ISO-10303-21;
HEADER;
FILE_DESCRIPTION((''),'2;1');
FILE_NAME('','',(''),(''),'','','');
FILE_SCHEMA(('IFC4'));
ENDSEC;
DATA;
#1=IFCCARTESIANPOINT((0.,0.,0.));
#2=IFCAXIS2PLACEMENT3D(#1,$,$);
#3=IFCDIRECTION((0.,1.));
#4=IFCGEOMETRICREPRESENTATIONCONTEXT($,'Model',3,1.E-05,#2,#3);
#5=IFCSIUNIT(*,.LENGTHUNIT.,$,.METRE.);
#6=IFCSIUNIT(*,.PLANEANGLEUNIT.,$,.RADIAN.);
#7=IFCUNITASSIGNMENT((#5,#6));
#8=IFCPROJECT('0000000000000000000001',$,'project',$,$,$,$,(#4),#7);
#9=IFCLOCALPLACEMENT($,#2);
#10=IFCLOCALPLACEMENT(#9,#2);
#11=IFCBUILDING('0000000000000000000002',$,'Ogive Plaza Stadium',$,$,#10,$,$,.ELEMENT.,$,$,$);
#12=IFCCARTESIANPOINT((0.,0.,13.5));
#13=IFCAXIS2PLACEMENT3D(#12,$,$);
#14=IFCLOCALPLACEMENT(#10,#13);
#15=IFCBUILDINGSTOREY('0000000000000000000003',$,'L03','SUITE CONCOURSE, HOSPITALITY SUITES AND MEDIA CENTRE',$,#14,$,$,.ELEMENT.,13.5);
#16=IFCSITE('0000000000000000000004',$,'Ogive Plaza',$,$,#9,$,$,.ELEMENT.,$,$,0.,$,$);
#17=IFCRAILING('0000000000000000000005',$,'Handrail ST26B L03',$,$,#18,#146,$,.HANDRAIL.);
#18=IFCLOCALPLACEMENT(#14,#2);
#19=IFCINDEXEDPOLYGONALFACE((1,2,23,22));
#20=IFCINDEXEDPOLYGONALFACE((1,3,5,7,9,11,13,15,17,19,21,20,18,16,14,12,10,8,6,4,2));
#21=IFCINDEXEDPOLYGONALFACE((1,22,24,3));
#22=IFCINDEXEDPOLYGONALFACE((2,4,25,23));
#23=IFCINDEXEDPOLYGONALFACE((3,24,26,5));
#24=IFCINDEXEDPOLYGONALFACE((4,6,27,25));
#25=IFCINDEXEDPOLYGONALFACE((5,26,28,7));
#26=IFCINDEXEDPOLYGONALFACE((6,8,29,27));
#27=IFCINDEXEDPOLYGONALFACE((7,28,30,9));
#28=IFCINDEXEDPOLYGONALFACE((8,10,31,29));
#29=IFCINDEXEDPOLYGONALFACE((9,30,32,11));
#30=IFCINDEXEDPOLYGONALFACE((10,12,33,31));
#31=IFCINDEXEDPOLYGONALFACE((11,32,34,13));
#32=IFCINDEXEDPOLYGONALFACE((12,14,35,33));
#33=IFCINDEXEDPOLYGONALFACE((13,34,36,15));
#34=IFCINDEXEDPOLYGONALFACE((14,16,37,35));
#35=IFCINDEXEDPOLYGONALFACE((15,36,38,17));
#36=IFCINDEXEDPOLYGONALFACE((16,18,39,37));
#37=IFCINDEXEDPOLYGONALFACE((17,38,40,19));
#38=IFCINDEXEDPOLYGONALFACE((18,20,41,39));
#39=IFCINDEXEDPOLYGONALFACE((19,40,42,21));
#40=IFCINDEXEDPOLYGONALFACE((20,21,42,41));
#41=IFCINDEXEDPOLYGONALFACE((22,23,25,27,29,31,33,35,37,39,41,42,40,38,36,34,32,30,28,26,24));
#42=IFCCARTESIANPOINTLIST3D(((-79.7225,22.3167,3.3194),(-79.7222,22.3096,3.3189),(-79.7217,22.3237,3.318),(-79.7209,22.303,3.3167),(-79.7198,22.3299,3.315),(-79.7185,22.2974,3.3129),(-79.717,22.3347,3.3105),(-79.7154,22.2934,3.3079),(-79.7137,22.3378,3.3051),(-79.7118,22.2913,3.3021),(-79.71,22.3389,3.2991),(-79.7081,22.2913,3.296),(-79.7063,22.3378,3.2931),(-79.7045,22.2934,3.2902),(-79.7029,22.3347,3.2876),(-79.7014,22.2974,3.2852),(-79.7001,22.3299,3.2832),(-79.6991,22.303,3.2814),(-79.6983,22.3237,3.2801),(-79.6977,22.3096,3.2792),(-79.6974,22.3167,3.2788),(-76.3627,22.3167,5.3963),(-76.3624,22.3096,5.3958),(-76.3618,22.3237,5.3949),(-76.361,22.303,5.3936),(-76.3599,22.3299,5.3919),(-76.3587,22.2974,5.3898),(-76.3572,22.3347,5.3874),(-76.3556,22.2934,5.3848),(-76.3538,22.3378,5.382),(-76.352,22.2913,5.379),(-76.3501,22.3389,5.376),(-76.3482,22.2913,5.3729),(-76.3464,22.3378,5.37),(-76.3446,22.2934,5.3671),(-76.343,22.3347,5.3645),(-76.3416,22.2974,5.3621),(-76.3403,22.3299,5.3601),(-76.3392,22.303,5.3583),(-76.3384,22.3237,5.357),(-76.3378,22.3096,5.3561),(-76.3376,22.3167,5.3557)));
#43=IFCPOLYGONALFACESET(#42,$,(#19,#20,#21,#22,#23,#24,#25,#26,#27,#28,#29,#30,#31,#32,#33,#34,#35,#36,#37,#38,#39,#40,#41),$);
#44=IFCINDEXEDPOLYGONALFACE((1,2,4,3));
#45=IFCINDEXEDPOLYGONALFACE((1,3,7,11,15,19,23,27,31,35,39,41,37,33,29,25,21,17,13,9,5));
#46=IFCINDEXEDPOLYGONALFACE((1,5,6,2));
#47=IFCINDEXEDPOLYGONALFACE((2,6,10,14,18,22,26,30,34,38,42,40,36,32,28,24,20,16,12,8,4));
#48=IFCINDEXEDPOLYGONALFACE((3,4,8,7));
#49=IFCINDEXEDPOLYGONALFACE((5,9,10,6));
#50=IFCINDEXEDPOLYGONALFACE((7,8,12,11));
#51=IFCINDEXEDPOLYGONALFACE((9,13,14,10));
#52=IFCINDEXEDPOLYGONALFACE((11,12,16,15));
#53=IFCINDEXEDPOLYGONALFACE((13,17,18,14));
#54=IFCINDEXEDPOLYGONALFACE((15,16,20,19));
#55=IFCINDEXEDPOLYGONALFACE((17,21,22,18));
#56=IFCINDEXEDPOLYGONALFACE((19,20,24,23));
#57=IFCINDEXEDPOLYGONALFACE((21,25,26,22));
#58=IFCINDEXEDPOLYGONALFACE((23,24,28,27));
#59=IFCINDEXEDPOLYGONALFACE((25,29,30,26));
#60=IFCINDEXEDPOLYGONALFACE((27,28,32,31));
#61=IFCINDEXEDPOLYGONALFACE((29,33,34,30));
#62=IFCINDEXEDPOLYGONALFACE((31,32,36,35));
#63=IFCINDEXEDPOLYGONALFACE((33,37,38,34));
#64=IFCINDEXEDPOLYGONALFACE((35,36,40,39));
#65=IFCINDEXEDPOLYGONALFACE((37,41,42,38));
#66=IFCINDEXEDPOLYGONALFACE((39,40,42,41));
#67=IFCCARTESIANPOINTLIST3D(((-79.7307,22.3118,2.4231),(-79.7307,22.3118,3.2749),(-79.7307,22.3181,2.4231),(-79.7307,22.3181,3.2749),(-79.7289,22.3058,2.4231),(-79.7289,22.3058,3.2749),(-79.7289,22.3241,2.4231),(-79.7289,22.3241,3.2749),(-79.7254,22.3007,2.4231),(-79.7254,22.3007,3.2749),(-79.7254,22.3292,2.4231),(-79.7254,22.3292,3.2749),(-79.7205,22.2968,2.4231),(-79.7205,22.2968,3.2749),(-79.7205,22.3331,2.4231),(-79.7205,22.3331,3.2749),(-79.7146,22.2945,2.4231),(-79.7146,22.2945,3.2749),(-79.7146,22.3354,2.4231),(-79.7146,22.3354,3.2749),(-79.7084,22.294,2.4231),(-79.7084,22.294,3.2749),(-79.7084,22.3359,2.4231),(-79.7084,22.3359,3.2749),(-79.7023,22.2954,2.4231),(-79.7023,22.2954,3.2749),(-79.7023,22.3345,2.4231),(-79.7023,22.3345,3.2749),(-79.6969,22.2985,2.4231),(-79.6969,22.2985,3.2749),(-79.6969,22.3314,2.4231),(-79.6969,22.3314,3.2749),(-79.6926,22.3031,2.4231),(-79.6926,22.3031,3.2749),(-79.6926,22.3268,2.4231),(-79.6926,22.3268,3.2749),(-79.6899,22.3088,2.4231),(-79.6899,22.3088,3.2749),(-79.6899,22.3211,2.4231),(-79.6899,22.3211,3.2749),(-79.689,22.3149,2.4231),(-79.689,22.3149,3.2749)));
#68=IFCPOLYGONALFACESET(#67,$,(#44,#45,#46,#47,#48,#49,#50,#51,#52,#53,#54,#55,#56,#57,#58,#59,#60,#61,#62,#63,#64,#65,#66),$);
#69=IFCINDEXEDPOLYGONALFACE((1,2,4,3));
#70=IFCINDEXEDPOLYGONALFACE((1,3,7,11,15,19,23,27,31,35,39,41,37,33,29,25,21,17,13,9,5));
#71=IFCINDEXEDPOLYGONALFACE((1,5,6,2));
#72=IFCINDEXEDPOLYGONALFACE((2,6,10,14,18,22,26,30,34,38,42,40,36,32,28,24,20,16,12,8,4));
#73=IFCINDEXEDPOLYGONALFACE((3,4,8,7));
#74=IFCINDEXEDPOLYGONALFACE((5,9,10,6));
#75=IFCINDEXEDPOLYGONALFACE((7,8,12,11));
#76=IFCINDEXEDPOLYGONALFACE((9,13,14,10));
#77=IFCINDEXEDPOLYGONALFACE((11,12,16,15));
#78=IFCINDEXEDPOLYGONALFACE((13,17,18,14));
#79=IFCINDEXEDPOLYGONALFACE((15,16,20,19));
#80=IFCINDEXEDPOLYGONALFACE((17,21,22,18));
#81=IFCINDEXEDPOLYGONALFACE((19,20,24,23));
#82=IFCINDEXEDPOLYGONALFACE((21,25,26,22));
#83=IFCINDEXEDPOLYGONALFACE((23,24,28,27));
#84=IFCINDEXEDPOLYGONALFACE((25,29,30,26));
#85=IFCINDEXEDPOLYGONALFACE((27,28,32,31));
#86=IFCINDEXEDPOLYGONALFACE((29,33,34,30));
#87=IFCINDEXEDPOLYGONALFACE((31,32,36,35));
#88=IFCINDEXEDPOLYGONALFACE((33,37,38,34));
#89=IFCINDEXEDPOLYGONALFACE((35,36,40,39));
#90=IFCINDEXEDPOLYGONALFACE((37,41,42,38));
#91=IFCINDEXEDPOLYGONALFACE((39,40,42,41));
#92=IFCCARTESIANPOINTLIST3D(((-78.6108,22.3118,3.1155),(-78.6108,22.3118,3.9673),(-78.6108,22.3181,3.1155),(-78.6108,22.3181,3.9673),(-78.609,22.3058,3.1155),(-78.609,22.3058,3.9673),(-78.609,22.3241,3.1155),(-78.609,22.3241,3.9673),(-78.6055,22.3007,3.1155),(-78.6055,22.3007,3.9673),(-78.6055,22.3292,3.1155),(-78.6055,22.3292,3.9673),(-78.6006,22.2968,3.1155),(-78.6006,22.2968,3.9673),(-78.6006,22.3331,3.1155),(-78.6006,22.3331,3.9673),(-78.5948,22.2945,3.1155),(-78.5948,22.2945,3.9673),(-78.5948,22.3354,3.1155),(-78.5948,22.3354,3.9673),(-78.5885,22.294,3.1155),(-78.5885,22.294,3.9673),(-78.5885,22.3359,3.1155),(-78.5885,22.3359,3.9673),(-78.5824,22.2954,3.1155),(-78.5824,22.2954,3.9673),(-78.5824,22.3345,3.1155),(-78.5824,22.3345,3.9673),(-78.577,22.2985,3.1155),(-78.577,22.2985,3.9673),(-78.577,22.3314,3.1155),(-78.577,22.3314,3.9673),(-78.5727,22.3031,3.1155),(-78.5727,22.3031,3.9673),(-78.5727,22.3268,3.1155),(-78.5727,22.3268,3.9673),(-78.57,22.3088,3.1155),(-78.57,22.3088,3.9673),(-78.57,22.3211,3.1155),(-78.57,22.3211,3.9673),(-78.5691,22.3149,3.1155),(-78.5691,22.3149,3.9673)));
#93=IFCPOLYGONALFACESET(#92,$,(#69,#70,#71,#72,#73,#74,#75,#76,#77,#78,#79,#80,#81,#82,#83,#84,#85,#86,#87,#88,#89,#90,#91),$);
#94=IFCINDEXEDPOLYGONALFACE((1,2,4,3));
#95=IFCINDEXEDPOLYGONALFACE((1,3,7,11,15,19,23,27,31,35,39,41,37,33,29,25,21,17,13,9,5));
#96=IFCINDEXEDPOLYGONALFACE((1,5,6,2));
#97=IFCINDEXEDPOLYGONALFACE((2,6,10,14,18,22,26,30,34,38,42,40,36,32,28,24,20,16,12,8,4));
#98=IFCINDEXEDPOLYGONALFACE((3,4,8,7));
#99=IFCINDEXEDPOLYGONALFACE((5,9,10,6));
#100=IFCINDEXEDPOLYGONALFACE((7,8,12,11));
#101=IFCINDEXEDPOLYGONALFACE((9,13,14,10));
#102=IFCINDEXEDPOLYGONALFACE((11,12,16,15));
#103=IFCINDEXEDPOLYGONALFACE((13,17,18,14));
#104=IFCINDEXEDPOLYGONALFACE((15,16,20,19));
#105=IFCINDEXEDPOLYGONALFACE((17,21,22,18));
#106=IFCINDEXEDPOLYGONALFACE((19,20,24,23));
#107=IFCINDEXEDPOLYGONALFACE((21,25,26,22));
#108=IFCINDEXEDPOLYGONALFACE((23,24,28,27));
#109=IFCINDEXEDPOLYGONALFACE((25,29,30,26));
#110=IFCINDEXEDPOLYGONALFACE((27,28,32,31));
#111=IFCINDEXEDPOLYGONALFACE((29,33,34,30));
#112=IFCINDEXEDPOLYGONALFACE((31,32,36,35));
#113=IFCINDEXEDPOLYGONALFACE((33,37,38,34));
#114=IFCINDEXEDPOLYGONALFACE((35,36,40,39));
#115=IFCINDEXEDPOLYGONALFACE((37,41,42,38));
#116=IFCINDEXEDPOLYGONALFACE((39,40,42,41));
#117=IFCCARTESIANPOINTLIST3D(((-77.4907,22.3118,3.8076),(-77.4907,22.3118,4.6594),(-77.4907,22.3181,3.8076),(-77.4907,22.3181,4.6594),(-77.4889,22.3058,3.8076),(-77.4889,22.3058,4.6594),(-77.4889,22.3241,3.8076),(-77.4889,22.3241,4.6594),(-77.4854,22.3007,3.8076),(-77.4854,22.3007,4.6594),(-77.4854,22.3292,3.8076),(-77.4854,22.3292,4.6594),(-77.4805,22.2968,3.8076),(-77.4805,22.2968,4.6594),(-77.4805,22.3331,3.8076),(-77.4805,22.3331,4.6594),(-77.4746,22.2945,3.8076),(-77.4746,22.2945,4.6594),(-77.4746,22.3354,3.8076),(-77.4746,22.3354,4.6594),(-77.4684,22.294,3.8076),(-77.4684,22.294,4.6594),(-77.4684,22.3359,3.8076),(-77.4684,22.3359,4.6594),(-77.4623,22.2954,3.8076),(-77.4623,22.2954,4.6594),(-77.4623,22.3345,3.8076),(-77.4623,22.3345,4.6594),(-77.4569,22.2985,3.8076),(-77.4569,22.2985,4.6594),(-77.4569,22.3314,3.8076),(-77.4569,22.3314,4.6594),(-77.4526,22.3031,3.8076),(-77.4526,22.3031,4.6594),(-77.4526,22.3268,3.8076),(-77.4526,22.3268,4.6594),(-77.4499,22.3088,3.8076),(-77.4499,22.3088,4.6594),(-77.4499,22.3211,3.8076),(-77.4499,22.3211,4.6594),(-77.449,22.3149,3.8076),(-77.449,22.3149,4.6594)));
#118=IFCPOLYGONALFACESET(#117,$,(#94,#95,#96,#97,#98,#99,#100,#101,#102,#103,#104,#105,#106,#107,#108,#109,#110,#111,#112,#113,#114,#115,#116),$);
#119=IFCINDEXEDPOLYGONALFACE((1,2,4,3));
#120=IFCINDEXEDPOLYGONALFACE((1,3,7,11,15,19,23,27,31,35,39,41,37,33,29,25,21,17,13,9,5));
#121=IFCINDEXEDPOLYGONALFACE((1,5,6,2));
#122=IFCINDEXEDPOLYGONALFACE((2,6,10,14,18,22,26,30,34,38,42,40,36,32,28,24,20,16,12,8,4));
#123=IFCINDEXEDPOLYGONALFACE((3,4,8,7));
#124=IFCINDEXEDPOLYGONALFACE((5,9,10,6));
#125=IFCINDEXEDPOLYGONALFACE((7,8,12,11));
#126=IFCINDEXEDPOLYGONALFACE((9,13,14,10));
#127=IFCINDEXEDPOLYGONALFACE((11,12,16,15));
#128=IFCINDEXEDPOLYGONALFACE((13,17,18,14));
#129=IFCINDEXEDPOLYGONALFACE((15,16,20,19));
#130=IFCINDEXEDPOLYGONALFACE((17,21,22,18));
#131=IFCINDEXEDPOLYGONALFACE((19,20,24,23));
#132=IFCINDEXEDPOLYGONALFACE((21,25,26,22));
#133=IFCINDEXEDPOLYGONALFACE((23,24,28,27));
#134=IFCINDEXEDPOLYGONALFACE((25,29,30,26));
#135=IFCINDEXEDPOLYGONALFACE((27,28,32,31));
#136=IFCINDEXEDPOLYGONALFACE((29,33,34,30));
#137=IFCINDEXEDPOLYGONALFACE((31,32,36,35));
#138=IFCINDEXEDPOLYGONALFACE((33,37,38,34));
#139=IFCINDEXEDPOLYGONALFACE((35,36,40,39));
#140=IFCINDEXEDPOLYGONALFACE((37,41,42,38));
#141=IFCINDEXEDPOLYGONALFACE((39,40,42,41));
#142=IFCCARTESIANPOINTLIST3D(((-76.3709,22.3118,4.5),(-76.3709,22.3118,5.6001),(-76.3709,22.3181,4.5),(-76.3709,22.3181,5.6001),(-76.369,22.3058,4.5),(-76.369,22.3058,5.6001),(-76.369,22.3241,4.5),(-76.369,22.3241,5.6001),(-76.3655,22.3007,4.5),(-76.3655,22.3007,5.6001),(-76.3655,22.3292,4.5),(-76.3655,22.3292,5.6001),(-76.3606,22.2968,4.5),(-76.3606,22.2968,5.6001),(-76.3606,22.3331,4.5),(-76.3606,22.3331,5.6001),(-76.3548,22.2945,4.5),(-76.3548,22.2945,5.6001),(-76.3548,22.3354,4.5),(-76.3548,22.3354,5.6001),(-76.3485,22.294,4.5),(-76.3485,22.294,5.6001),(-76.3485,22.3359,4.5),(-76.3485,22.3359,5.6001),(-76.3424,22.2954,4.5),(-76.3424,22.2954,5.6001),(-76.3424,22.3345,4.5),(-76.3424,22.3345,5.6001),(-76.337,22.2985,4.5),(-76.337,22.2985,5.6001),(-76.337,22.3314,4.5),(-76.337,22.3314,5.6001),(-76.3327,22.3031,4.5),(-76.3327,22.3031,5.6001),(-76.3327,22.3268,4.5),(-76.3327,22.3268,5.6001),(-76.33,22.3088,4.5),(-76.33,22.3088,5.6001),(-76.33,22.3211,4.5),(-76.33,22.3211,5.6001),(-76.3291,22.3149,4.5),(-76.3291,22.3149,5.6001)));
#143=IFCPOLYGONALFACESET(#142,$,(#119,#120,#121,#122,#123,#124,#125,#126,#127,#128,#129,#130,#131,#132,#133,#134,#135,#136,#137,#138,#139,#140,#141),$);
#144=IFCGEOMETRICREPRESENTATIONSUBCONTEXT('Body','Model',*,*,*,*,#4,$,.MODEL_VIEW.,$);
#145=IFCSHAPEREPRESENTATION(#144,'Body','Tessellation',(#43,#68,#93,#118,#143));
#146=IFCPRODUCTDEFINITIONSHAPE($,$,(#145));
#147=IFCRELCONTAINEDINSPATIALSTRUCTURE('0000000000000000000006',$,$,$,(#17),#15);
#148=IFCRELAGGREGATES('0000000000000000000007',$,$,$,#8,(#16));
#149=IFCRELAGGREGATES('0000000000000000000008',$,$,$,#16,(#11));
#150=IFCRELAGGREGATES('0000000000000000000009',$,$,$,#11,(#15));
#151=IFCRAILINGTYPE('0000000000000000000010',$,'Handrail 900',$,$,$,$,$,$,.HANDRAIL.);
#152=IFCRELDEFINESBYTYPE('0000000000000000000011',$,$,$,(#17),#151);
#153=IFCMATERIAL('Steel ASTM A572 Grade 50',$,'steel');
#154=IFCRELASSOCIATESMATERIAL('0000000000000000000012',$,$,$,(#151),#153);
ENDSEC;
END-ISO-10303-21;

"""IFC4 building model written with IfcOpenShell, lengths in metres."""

from ifc_helpers import new_model, si_unit, direction, frame, origin, origin_2d, place, context, subcontext, project, spatial, circle, extrude, material, type_object, element, save


model = new_model("IFC4")

# Units and contexts
model_context = context("Model", 3, precision=1e-05, world=origin(), true_north=direction((0.0, 1.0)))
body_context = subcontext(model_context, "Body", "Model", "MODEL_VIEW")
ifc_project = project(units=[si_unit("LENGTHUNIT", "METRE"), si_unit("PLANEANGLEUNIT", "RADIAN")], contexts=[model_context])

# Site, building, storey
site_placement = place(None, origin())
site = spatial("IfcSite", under=ifc_project, at=site_placement, Name="Ogive Plaza", CompositionType="ELEMENT", RefElevation=0.0)
building_placement = place(site_placement, origin())
building = spatial("IfcBuilding", under=site, at=building_placement, Name="Ogive Plaza Stadium", CompositionType="ELEMENT")
storey_placement = place(building_placement, frame((0.0, 0.0, 13.5)))
storey = spatial("IfcBuildingStorey", under=building, at=storey_placement, Name="L03", Description="SUITE CONCOURSE, HOSPITALITY SUITES AND MEDIA CENTRE", CompositionType="ELEMENT", Elevation=13.5)

# Railing
ifc_material_1 = material(Name="Steel ASTM A572 Grade 50", Category="steel")
railing_type_1 = type_object("IfcRailingType", Name="Handrail 900", PredefinedType="HANDRAIL", material=ifc_material_1)
for number, where, name in (
    (1, (-79.71, 22.3149, 2.4231), "Handrail ST26B L03"),
):
    element("IfcRailing", number, at=place(storey_placement, frame(where)), inside=storey, type_object=railing_type_1, Name=name, PredefinedType="HANDRAIL", context=body_context, shape_type="SweptSolid", body=[
        extrude(circle(Radius=0.0239, at=origin_2d()), frame((0.0, 0.0, 0.876), z_axis=(0.850606, 0.0, 0.525803), x_axis=(0.0, 1.0, 0.0)), (0.0, 0.0, 1.0), 3.95),
        extrude(circle(Radius=0.021, at=origin_2d()), origin(), (0.0, 0.0, 1.0), 0.8518),
        extrude(circle(Radius=0.021, at=origin_2d()), frame((1.1199, 0.0, 0.6924)), (0.0, 0.0, 1.0), 0.8518),
        extrude(circle(Radius=0.021, at=origin_2d()), frame((2.24, 0.0, 1.3845)), (0.0, 0.0, 1.0), 0.8518),
        extrude(circle(Radius=0.021, at=origin_2d()), frame((3.3599, 0.0, 2.0769)), (0.0, 0.0, 1.0), 1.1001),
    ])

save(model, "model.ifc")
